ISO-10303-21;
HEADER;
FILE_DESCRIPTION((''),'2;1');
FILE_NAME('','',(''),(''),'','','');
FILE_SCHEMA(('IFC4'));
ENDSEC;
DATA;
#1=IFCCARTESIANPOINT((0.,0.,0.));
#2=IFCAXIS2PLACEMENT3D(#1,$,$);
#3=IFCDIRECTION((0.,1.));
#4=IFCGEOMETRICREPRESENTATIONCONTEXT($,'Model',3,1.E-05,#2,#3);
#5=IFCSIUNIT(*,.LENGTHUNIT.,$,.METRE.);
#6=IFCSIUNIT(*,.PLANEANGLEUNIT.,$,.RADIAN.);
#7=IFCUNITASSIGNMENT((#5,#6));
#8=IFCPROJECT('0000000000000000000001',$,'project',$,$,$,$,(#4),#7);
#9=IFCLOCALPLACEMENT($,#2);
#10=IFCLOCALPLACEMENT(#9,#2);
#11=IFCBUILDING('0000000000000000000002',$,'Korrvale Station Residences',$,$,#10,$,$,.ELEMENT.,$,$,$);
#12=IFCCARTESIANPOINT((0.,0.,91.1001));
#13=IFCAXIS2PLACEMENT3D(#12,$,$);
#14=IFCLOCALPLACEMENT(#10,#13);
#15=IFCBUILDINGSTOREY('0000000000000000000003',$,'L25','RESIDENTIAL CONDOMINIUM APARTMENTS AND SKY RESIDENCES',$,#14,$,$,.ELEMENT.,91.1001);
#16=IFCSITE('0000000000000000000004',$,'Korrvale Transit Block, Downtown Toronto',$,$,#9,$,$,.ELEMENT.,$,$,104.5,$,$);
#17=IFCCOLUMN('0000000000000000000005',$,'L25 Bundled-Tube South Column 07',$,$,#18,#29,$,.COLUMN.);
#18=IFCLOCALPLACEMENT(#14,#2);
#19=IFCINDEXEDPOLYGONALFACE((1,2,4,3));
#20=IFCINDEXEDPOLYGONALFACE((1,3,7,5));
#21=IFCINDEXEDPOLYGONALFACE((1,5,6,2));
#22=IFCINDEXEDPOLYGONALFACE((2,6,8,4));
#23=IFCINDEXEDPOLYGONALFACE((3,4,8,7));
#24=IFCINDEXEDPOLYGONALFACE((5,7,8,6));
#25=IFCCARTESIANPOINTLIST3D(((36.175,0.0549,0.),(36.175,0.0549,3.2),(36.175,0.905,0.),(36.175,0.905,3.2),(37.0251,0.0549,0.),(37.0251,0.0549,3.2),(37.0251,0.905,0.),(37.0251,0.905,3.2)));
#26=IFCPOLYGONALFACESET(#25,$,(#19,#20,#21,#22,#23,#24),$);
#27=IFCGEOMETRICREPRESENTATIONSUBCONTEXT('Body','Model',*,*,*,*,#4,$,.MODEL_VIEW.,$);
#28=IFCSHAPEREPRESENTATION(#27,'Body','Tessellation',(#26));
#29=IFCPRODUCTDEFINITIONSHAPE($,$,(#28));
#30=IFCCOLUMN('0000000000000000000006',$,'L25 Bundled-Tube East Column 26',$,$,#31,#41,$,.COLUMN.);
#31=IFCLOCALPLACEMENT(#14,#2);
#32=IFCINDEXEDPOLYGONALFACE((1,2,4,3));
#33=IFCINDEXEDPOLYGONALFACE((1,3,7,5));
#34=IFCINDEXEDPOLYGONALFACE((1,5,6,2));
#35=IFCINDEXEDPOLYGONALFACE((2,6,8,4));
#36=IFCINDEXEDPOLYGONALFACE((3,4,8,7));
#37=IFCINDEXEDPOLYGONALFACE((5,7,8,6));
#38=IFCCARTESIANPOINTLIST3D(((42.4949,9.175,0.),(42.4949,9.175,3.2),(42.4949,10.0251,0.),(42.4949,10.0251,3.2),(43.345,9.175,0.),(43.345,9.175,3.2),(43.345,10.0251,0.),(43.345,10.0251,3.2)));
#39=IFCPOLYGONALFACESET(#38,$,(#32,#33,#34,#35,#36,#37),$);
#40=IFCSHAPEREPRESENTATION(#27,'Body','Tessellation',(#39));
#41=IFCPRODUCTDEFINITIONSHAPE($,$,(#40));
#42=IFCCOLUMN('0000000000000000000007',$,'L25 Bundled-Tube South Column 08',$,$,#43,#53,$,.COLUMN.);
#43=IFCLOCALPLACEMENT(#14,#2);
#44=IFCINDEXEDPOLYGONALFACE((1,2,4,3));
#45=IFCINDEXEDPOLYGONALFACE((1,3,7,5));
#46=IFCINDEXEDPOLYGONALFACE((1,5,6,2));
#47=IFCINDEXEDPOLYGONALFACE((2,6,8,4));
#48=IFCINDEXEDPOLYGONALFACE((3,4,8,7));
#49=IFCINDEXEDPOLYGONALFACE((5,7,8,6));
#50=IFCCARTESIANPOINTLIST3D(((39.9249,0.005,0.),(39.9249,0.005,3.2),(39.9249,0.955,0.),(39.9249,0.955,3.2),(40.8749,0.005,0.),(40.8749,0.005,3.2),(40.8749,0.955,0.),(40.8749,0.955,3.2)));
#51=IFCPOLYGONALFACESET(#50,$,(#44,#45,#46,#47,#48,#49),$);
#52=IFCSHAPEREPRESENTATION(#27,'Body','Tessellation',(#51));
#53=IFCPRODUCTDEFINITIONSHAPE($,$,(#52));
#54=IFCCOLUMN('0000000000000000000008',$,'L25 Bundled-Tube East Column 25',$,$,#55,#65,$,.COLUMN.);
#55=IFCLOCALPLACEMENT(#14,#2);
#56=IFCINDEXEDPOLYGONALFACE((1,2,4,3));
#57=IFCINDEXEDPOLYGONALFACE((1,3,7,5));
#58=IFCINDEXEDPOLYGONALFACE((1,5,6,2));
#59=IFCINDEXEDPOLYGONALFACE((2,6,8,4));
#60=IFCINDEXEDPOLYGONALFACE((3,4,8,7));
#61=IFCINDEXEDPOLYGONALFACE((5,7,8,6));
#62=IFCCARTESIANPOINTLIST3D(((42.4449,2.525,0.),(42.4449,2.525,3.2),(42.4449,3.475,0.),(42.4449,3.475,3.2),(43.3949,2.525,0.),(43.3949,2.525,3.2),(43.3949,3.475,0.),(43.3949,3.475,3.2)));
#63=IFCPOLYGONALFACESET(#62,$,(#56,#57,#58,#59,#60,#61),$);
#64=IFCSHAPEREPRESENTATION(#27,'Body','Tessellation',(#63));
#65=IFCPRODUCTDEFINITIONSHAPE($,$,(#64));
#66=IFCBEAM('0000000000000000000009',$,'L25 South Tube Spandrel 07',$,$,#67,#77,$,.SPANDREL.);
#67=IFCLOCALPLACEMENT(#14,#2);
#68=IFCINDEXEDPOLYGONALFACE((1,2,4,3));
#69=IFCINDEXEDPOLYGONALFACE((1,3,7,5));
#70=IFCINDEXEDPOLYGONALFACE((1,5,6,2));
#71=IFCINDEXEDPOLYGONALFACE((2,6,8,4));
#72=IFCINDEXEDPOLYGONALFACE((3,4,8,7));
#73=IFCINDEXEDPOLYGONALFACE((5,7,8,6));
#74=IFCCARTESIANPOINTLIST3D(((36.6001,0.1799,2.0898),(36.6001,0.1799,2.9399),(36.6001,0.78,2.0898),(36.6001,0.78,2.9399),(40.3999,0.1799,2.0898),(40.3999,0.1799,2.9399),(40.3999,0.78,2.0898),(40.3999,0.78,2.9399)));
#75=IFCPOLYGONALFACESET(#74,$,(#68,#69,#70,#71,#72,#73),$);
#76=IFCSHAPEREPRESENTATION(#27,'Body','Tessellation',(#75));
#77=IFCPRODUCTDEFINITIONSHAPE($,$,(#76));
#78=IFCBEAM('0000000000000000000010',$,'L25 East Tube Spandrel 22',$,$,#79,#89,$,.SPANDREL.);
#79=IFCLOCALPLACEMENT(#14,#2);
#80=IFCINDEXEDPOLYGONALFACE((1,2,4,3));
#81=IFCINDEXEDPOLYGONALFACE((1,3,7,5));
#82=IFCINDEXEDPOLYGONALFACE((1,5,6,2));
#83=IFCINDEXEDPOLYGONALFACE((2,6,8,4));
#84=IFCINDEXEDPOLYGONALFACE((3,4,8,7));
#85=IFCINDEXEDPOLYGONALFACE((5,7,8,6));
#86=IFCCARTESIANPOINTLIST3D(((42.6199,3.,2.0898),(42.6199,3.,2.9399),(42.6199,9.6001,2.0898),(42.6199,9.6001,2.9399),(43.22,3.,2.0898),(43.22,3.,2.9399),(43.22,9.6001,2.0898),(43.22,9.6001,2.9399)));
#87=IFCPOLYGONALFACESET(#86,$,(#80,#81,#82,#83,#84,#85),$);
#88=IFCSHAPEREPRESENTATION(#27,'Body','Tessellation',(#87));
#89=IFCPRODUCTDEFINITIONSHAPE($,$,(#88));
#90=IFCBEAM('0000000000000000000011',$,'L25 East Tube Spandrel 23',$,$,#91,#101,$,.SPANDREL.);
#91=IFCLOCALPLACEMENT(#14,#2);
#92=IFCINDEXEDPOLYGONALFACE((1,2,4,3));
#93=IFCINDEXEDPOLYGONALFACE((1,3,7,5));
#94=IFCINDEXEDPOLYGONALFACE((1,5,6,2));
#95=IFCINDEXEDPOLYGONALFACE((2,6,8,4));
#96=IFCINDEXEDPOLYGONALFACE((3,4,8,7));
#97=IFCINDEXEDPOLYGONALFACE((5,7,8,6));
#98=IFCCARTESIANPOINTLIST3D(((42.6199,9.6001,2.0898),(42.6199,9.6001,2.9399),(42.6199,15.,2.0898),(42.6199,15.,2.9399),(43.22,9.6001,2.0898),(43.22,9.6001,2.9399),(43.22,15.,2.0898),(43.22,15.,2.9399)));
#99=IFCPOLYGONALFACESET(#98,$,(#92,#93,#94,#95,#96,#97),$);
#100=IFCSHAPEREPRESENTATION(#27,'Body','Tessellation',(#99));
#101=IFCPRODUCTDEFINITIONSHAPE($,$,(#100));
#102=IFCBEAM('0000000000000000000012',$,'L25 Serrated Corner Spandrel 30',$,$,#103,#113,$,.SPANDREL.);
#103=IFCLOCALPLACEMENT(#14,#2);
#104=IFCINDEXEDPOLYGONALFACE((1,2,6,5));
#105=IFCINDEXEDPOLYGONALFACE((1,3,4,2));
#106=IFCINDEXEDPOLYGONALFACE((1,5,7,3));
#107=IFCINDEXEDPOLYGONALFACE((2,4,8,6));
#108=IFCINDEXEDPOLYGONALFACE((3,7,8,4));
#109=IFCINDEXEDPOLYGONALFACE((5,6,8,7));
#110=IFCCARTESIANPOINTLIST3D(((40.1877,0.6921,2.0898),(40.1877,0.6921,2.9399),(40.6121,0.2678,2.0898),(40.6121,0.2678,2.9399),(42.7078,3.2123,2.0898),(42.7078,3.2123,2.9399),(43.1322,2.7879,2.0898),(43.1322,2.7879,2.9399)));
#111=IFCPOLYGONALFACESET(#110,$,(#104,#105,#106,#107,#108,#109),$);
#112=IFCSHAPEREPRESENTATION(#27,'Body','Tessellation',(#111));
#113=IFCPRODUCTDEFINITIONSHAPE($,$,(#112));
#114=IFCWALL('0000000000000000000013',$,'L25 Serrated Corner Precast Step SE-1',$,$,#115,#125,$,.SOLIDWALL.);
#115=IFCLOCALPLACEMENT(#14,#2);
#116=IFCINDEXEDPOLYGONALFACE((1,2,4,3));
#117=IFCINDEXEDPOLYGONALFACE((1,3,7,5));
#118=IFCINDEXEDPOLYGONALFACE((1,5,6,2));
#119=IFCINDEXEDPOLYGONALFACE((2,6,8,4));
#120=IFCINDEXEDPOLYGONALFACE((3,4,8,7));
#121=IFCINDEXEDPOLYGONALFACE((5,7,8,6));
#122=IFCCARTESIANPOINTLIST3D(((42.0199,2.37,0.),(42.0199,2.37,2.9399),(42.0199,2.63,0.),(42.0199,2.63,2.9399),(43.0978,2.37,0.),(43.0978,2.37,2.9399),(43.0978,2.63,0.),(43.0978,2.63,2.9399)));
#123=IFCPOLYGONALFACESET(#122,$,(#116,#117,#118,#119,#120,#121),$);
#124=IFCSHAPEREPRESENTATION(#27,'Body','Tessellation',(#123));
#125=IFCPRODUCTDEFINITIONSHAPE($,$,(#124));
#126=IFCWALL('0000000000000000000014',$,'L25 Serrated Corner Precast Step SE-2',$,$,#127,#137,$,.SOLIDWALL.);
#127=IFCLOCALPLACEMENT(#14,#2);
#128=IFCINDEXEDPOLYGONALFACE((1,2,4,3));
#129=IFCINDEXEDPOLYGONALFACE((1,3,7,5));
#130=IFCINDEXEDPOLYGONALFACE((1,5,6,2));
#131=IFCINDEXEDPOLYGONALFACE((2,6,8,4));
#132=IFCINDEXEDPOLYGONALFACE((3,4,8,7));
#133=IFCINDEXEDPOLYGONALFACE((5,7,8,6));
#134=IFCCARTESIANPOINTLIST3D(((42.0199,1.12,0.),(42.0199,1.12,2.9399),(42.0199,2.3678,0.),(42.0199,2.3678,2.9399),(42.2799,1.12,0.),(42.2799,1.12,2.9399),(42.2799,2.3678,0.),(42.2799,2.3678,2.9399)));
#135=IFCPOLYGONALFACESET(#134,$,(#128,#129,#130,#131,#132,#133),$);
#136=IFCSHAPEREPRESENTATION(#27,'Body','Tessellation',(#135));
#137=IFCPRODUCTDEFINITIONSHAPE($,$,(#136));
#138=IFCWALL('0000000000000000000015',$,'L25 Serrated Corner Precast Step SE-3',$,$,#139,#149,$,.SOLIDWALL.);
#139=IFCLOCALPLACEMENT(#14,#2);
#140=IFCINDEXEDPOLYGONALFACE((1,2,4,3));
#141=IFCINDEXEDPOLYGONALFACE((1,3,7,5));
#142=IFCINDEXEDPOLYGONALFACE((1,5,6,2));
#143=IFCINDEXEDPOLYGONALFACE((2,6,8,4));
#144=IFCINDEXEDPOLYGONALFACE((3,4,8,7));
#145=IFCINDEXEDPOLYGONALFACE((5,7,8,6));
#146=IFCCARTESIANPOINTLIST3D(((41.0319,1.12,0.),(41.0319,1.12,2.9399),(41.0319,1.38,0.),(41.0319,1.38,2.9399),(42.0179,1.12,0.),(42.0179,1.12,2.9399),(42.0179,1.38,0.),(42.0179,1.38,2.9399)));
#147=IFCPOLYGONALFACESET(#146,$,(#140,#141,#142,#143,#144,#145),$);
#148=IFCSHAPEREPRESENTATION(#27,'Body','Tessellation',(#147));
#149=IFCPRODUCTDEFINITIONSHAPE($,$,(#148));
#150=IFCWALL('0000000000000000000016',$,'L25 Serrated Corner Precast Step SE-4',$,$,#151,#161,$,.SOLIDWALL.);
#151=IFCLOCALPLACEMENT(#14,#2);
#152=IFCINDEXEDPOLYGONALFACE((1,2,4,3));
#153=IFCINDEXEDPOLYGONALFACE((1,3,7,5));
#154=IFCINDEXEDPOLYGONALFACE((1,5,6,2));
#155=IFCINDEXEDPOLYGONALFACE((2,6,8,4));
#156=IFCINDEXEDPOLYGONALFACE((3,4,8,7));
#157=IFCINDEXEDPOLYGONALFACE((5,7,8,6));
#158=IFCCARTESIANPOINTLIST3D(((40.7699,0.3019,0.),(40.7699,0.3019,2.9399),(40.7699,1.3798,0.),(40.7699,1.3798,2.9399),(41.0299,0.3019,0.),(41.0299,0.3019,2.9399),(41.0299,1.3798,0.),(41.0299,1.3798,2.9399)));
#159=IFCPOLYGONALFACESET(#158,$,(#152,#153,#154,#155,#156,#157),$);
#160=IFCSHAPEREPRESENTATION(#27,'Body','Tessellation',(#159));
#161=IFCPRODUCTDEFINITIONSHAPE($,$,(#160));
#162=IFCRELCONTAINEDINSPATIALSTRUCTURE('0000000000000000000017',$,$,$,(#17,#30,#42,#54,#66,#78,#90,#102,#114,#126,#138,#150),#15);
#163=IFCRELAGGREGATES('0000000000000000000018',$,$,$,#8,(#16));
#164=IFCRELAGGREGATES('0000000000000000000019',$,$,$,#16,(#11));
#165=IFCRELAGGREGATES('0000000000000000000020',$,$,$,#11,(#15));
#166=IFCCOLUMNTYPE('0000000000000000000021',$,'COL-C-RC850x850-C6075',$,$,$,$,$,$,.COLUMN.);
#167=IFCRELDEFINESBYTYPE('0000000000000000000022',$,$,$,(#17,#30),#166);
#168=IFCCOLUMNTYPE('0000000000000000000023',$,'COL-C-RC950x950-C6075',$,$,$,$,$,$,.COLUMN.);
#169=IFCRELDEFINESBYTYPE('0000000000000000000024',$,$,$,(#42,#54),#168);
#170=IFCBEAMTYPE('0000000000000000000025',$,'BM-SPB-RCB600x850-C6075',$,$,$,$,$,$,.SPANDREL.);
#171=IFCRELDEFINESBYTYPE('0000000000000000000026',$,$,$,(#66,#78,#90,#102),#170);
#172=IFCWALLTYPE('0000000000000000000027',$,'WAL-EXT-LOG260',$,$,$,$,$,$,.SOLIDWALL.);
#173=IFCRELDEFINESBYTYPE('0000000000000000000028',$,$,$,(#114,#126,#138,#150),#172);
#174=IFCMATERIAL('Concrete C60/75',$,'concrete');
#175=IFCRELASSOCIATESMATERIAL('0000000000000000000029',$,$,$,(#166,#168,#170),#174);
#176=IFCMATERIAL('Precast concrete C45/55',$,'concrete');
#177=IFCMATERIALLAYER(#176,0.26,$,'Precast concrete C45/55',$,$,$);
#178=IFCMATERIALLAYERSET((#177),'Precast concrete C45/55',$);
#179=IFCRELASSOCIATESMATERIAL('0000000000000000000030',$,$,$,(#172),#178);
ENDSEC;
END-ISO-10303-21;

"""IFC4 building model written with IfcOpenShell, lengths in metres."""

from ifc_helpers import new_model, si_unit, direction, frame, frame_2d, origin, origin_2d, place, context, subcontext, project, spatial, rectangle, extrude, material, layer, layer_set, material_profile, profile_set, type_object, element, save


model = new_model("IFC4")

# Units and contexts
model_context = context("Model", 3, precision=1e-05, world=origin(), true_north=direction((0.0, 1.0)))
body_context = subcontext(model_context, "Body", "Model", "MODEL_VIEW")
ifc_project = project(units=[si_unit("LENGTHUNIT", "METRE"), si_unit("PLANEANGLEUNIT", "RADIAN")], contexts=[model_context])

# Site, building, storey
site_placement = place(None, origin())
site = spatial("IfcSite", under=ifc_project, at=site_placement, Name="Korrvale Transit Block, Downtown Toronto", CompositionType="ELEMENT", RefElevation=104.5)
building_placement = place(site_placement, origin())
building = spatial("IfcBuilding", under=site, at=building_placement, Name="Korrvale Station Residences", CompositionType="ELEMENT")
storey_placement = place(building_placement, frame((0.0, 0.0, 91.1001)))
storey = spatial("IfcBuildingStorey", under=building, at=storey_placement, Name="L25", Description="RESIDENTIAL CONDOMINIUM APARTMENTS AND SKY RESIDENCES", CompositionType="ELEMENT", Elevation=91.1001)

# Columns
ifc_material_1 = material(Name="Concrete C60/75", Category="concrete")
ifc_material_profile_1 = material_profile(ifc_material_1, rectangle(XDim=0.8501, YDim=0.8501, at=origin_2d()), Name="RC850x850")
ifc_profile_set_1 = profile_set([ifc_material_profile_1], Name="Concrete C60/75")
column_type_1 = type_object("IfcColumnType", Name="COL-C-RC850x850-C6075", PredefinedType="COLUMN", material=ifc_profile_set_1)
for number, where, z_axis, x_axis, name in (
    (1, (36.6001, 0.48, 0.0), (0.0, 0.0, 1.0), (1.0, 0.0, 0.0), "L25 Bundled-Tube South Column 07"),
    (2, (42.9199, 9.6001, 0.0), (0.0, 0.0, 1.0), (1.0, 0.0, 0.0), "L25 Bundled-Tube East Column 26"),
):
    element("IfcColumn", number, at=place(storey_placement, frame(where, z_axis=z_axis, x_axis=x_axis)), inside=storey, type_object=column_type_1, Name=name, PredefinedType="COLUMN", context=body_context, shape_type="SweptSolid", body=[
        extrude(rectangle(XDim=0.8501, YDim=0.8501, at=origin_2d()), origin(), (0.0, 0.0, 1.0), 3.2),
    ])
ifc_material_profile_2 = material_profile(ifc_material_1, rectangle(XDim=0.95, YDim=0.95, at=origin_2d()), Name="RC950x950")
ifc_profile_set_2 = profile_set([ifc_material_profile_2], Name="Concrete C60/75")
column_type_2 = type_object("IfcColumnType", Name="COL-C-RC950x950-C6075", PredefinedType="COLUMN", material=ifc_profile_set_2)
for number, where, z_axis, x_axis, name in (
    (3, (40.3999, 0.48, 0.0), (0.0, 0.0, 1.0), (1.0, 0.0, 0.0), "L25 Bundled-Tube South Column 08"),
    (4, (42.9199, 3.0, 0.0), (0.0, 0.0, 1.0), (1.0, 0.0, 0.0), "L25 Bundled-Tube East Column 25"),
):
    element("IfcColumn", number, at=place(storey_placement, frame(where, z_axis=z_axis, x_axis=x_axis)), inside=storey, type_object=column_type_2, Name=name, PredefinedType="COLUMN", context=body_context, shape_type="SweptSolid", body=[
        extrude(rectangle(XDim=0.95, YDim=0.95, at=origin_2d()), origin(), (0.0, 0.0, 1.0), 3.2),
    ])

# Beams
ifc_material_profile_3 = material_profile(ifc_material_1, rectangle(XDim=0.6001, YDim=0.8501, at=origin_2d()), Name="RCB600x850")
ifc_profile_set_3 = profile_set([ifc_material_profile_3], Name="Concrete C60/75")
beam_type = type_object("IfcBeamType", Name="BM-SPB-RCB600x850-C6075", PredefinedType="SPANDREL", material=ifc_profile_set_3)
beam_1_placement = place(storey_placement, frame((36.6001, 0.48, 2.5149), z_axis=(1.0, 0.0, 0.0), x_axis=(0.0, 1.0, 0.0)))
element("IfcBeam", 5, at=beam_1_placement, inside=storey, type_object=beam_type, Name="L25 South Tube Spandrel 07", PredefinedType="SPANDREL", context=body_context, shape_type="SweptSolid", body=[
    extrude(rectangle(XDim=0.6001, YDim=0.8501, at=origin_2d()), origin(), (0.0, 0.0, 1.0), 3.7998),
])
beam_2_placement = place(storey_placement, frame((42.9199, 3.0, 2.5149), z_axis=(0.0, 1.0, 0.0), x_axis=(-1.0, 0.0, 0.0)))
element("IfcBeam", 6, at=beam_2_placement, inside=storey, type_object=beam_type, Name="L25 East Tube Spandrel 22", PredefinedType="SPANDREL", context=body_context, shape_type="SweptSolid", body=[
    extrude(rectangle(XDim=0.6001, YDim=0.8501, at=origin_2d()), origin(), (0.0, 0.0, 1.0), 6.6001),
])
beam_3_placement = place(storey_placement, frame((42.9199, 9.6001, 2.5149), z_axis=(0.0, 1.0, 0.0), x_axis=(-1.0, 0.0, 0.0)))
element("IfcBeam", 7, at=beam_3_placement, inside=storey, type_object=beam_type, Name="L25 East Tube Spandrel 23", PredefinedType="SPANDREL", context=body_context, shape_type="SweptSolid", body=[
    extrude(rectangle(XDim=0.6001, YDim=0.8501, at=origin_2d()), origin(), (0.0, 0.0, 1.0), 5.3999),
])
beam_4_placement = place(storey_placement, frame((40.3999, 0.48, 2.5149), z_axis=(0.707107, 0.707107, 0.0), x_axis=(-0.707107, 0.707107, 0.0)))
element("IfcBeam", 8, at=beam_4_placement, inside=storey, type_object=beam_type, Name="L25 Serrated Corner Spandrel 30", PredefinedType="SPANDREL", context=body_context, shape_type="SweptSolid", body=[
    extrude(rectangle(XDim=0.6001, YDim=0.8501, at=origin_2d()), origin(), (0.0, 0.0, 1.0), 3.564),
])

# Walls
ifc_material_2 = material(Name="Precast concrete C45/55", Category="concrete")
ifc_layer_1 = layer(ifc_material_2, 0.26, Name="Precast concrete C45/55")
ifc_layer_set_1 = layer_set([ifc_layer_1], Name="Precast concrete C45/55")
wall_type_1 = type_object("IfcWallType", Name="WAL-EXT-LOG260", PredefinedType="SOLIDWALL", material=ifc_layer_set_1)
wall_1_placement = place(storey_placement, frame((43.0979, 2.5, 0.0), z_axis=(0.0, 0.0, 1.0), x_axis=(-1.0, 0.0, 0.0)))
element("IfcWall", 9, at=wall_1_placement, inside=storey, type_object=wall_type_1, Name="L25 Serrated Corner Precast Step SE-1", PredefinedType="SOLIDWALL", context=body_context, shape_type="SweptSolid", body=[
    extrude(rectangle(XDim=1.0779, YDim=0.26, at=frame_2d((0.5391, 0.0))), origin(), (0.0, 0.0, 1.0), 2.9399),
])
wall_2_placement = place(storey_placement, frame((42.1499, 2.3679, 0.0), z_axis=(0.0, 0.0, 1.0), x_axis=(0.0, -1.0, 0.0)))
element("IfcWall", 10, at=wall_2_placement, inside=storey, type_object=wall_type_1, Name="L25 Serrated Corner Precast Step SE-2", PredefinedType="SOLIDWALL", context=body_context, shape_type="SweptSolid", body=[
    extrude(rectangle(XDim=1.2478, YDim=0.26, at=frame_2d((0.624, 0.0))), origin(), (0.0, 0.0, 1.0), 2.9399),
])
wall_3_placement = place(storey_placement, frame((42.0181, 1.25, 0.0), z_axis=(0.0, 0.0, 1.0), x_axis=(-1.0, 0.0, 0.0)))
element("IfcWall", 11, at=wall_3_placement, inside=storey, type_object=wall_type_1, Name="L25 Serrated Corner Precast Step SE-3", PredefinedType="SOLIDWALL", context=body_context, shape_type="SweptSolid", body=[
    extrude(rectangle(XDim=0.9861, YDim=0.26, at=frame_2d((0.4932, 0.0))), origin(), (0.0, 0.0, 1.0), 2.9399),
])
wall_4_placement = place(storey_placement, frame((40.8999, 1.3799, 0.0), z_axis=(0.0, 0.0, 1.0), x_axis=(0.0, -1.0, 0.0)))
element("IfcWall", 12, at=wall_4_placement, inside=storey, type_object=wall_type_1, Name="L25 Serrated Corner Precast Step SE-4", PredefinedType="SOLIDWALL", context=body_context, shape_type="SweptSolid", body=[
    extrude(rectangle(XDim=1.0779, YDim=0.26, at=frame_2d((0.5391, 0.0))), origin(), (0.0, 0.0, 1.0), 2.9399),
])

save(model, "model.ifc")
